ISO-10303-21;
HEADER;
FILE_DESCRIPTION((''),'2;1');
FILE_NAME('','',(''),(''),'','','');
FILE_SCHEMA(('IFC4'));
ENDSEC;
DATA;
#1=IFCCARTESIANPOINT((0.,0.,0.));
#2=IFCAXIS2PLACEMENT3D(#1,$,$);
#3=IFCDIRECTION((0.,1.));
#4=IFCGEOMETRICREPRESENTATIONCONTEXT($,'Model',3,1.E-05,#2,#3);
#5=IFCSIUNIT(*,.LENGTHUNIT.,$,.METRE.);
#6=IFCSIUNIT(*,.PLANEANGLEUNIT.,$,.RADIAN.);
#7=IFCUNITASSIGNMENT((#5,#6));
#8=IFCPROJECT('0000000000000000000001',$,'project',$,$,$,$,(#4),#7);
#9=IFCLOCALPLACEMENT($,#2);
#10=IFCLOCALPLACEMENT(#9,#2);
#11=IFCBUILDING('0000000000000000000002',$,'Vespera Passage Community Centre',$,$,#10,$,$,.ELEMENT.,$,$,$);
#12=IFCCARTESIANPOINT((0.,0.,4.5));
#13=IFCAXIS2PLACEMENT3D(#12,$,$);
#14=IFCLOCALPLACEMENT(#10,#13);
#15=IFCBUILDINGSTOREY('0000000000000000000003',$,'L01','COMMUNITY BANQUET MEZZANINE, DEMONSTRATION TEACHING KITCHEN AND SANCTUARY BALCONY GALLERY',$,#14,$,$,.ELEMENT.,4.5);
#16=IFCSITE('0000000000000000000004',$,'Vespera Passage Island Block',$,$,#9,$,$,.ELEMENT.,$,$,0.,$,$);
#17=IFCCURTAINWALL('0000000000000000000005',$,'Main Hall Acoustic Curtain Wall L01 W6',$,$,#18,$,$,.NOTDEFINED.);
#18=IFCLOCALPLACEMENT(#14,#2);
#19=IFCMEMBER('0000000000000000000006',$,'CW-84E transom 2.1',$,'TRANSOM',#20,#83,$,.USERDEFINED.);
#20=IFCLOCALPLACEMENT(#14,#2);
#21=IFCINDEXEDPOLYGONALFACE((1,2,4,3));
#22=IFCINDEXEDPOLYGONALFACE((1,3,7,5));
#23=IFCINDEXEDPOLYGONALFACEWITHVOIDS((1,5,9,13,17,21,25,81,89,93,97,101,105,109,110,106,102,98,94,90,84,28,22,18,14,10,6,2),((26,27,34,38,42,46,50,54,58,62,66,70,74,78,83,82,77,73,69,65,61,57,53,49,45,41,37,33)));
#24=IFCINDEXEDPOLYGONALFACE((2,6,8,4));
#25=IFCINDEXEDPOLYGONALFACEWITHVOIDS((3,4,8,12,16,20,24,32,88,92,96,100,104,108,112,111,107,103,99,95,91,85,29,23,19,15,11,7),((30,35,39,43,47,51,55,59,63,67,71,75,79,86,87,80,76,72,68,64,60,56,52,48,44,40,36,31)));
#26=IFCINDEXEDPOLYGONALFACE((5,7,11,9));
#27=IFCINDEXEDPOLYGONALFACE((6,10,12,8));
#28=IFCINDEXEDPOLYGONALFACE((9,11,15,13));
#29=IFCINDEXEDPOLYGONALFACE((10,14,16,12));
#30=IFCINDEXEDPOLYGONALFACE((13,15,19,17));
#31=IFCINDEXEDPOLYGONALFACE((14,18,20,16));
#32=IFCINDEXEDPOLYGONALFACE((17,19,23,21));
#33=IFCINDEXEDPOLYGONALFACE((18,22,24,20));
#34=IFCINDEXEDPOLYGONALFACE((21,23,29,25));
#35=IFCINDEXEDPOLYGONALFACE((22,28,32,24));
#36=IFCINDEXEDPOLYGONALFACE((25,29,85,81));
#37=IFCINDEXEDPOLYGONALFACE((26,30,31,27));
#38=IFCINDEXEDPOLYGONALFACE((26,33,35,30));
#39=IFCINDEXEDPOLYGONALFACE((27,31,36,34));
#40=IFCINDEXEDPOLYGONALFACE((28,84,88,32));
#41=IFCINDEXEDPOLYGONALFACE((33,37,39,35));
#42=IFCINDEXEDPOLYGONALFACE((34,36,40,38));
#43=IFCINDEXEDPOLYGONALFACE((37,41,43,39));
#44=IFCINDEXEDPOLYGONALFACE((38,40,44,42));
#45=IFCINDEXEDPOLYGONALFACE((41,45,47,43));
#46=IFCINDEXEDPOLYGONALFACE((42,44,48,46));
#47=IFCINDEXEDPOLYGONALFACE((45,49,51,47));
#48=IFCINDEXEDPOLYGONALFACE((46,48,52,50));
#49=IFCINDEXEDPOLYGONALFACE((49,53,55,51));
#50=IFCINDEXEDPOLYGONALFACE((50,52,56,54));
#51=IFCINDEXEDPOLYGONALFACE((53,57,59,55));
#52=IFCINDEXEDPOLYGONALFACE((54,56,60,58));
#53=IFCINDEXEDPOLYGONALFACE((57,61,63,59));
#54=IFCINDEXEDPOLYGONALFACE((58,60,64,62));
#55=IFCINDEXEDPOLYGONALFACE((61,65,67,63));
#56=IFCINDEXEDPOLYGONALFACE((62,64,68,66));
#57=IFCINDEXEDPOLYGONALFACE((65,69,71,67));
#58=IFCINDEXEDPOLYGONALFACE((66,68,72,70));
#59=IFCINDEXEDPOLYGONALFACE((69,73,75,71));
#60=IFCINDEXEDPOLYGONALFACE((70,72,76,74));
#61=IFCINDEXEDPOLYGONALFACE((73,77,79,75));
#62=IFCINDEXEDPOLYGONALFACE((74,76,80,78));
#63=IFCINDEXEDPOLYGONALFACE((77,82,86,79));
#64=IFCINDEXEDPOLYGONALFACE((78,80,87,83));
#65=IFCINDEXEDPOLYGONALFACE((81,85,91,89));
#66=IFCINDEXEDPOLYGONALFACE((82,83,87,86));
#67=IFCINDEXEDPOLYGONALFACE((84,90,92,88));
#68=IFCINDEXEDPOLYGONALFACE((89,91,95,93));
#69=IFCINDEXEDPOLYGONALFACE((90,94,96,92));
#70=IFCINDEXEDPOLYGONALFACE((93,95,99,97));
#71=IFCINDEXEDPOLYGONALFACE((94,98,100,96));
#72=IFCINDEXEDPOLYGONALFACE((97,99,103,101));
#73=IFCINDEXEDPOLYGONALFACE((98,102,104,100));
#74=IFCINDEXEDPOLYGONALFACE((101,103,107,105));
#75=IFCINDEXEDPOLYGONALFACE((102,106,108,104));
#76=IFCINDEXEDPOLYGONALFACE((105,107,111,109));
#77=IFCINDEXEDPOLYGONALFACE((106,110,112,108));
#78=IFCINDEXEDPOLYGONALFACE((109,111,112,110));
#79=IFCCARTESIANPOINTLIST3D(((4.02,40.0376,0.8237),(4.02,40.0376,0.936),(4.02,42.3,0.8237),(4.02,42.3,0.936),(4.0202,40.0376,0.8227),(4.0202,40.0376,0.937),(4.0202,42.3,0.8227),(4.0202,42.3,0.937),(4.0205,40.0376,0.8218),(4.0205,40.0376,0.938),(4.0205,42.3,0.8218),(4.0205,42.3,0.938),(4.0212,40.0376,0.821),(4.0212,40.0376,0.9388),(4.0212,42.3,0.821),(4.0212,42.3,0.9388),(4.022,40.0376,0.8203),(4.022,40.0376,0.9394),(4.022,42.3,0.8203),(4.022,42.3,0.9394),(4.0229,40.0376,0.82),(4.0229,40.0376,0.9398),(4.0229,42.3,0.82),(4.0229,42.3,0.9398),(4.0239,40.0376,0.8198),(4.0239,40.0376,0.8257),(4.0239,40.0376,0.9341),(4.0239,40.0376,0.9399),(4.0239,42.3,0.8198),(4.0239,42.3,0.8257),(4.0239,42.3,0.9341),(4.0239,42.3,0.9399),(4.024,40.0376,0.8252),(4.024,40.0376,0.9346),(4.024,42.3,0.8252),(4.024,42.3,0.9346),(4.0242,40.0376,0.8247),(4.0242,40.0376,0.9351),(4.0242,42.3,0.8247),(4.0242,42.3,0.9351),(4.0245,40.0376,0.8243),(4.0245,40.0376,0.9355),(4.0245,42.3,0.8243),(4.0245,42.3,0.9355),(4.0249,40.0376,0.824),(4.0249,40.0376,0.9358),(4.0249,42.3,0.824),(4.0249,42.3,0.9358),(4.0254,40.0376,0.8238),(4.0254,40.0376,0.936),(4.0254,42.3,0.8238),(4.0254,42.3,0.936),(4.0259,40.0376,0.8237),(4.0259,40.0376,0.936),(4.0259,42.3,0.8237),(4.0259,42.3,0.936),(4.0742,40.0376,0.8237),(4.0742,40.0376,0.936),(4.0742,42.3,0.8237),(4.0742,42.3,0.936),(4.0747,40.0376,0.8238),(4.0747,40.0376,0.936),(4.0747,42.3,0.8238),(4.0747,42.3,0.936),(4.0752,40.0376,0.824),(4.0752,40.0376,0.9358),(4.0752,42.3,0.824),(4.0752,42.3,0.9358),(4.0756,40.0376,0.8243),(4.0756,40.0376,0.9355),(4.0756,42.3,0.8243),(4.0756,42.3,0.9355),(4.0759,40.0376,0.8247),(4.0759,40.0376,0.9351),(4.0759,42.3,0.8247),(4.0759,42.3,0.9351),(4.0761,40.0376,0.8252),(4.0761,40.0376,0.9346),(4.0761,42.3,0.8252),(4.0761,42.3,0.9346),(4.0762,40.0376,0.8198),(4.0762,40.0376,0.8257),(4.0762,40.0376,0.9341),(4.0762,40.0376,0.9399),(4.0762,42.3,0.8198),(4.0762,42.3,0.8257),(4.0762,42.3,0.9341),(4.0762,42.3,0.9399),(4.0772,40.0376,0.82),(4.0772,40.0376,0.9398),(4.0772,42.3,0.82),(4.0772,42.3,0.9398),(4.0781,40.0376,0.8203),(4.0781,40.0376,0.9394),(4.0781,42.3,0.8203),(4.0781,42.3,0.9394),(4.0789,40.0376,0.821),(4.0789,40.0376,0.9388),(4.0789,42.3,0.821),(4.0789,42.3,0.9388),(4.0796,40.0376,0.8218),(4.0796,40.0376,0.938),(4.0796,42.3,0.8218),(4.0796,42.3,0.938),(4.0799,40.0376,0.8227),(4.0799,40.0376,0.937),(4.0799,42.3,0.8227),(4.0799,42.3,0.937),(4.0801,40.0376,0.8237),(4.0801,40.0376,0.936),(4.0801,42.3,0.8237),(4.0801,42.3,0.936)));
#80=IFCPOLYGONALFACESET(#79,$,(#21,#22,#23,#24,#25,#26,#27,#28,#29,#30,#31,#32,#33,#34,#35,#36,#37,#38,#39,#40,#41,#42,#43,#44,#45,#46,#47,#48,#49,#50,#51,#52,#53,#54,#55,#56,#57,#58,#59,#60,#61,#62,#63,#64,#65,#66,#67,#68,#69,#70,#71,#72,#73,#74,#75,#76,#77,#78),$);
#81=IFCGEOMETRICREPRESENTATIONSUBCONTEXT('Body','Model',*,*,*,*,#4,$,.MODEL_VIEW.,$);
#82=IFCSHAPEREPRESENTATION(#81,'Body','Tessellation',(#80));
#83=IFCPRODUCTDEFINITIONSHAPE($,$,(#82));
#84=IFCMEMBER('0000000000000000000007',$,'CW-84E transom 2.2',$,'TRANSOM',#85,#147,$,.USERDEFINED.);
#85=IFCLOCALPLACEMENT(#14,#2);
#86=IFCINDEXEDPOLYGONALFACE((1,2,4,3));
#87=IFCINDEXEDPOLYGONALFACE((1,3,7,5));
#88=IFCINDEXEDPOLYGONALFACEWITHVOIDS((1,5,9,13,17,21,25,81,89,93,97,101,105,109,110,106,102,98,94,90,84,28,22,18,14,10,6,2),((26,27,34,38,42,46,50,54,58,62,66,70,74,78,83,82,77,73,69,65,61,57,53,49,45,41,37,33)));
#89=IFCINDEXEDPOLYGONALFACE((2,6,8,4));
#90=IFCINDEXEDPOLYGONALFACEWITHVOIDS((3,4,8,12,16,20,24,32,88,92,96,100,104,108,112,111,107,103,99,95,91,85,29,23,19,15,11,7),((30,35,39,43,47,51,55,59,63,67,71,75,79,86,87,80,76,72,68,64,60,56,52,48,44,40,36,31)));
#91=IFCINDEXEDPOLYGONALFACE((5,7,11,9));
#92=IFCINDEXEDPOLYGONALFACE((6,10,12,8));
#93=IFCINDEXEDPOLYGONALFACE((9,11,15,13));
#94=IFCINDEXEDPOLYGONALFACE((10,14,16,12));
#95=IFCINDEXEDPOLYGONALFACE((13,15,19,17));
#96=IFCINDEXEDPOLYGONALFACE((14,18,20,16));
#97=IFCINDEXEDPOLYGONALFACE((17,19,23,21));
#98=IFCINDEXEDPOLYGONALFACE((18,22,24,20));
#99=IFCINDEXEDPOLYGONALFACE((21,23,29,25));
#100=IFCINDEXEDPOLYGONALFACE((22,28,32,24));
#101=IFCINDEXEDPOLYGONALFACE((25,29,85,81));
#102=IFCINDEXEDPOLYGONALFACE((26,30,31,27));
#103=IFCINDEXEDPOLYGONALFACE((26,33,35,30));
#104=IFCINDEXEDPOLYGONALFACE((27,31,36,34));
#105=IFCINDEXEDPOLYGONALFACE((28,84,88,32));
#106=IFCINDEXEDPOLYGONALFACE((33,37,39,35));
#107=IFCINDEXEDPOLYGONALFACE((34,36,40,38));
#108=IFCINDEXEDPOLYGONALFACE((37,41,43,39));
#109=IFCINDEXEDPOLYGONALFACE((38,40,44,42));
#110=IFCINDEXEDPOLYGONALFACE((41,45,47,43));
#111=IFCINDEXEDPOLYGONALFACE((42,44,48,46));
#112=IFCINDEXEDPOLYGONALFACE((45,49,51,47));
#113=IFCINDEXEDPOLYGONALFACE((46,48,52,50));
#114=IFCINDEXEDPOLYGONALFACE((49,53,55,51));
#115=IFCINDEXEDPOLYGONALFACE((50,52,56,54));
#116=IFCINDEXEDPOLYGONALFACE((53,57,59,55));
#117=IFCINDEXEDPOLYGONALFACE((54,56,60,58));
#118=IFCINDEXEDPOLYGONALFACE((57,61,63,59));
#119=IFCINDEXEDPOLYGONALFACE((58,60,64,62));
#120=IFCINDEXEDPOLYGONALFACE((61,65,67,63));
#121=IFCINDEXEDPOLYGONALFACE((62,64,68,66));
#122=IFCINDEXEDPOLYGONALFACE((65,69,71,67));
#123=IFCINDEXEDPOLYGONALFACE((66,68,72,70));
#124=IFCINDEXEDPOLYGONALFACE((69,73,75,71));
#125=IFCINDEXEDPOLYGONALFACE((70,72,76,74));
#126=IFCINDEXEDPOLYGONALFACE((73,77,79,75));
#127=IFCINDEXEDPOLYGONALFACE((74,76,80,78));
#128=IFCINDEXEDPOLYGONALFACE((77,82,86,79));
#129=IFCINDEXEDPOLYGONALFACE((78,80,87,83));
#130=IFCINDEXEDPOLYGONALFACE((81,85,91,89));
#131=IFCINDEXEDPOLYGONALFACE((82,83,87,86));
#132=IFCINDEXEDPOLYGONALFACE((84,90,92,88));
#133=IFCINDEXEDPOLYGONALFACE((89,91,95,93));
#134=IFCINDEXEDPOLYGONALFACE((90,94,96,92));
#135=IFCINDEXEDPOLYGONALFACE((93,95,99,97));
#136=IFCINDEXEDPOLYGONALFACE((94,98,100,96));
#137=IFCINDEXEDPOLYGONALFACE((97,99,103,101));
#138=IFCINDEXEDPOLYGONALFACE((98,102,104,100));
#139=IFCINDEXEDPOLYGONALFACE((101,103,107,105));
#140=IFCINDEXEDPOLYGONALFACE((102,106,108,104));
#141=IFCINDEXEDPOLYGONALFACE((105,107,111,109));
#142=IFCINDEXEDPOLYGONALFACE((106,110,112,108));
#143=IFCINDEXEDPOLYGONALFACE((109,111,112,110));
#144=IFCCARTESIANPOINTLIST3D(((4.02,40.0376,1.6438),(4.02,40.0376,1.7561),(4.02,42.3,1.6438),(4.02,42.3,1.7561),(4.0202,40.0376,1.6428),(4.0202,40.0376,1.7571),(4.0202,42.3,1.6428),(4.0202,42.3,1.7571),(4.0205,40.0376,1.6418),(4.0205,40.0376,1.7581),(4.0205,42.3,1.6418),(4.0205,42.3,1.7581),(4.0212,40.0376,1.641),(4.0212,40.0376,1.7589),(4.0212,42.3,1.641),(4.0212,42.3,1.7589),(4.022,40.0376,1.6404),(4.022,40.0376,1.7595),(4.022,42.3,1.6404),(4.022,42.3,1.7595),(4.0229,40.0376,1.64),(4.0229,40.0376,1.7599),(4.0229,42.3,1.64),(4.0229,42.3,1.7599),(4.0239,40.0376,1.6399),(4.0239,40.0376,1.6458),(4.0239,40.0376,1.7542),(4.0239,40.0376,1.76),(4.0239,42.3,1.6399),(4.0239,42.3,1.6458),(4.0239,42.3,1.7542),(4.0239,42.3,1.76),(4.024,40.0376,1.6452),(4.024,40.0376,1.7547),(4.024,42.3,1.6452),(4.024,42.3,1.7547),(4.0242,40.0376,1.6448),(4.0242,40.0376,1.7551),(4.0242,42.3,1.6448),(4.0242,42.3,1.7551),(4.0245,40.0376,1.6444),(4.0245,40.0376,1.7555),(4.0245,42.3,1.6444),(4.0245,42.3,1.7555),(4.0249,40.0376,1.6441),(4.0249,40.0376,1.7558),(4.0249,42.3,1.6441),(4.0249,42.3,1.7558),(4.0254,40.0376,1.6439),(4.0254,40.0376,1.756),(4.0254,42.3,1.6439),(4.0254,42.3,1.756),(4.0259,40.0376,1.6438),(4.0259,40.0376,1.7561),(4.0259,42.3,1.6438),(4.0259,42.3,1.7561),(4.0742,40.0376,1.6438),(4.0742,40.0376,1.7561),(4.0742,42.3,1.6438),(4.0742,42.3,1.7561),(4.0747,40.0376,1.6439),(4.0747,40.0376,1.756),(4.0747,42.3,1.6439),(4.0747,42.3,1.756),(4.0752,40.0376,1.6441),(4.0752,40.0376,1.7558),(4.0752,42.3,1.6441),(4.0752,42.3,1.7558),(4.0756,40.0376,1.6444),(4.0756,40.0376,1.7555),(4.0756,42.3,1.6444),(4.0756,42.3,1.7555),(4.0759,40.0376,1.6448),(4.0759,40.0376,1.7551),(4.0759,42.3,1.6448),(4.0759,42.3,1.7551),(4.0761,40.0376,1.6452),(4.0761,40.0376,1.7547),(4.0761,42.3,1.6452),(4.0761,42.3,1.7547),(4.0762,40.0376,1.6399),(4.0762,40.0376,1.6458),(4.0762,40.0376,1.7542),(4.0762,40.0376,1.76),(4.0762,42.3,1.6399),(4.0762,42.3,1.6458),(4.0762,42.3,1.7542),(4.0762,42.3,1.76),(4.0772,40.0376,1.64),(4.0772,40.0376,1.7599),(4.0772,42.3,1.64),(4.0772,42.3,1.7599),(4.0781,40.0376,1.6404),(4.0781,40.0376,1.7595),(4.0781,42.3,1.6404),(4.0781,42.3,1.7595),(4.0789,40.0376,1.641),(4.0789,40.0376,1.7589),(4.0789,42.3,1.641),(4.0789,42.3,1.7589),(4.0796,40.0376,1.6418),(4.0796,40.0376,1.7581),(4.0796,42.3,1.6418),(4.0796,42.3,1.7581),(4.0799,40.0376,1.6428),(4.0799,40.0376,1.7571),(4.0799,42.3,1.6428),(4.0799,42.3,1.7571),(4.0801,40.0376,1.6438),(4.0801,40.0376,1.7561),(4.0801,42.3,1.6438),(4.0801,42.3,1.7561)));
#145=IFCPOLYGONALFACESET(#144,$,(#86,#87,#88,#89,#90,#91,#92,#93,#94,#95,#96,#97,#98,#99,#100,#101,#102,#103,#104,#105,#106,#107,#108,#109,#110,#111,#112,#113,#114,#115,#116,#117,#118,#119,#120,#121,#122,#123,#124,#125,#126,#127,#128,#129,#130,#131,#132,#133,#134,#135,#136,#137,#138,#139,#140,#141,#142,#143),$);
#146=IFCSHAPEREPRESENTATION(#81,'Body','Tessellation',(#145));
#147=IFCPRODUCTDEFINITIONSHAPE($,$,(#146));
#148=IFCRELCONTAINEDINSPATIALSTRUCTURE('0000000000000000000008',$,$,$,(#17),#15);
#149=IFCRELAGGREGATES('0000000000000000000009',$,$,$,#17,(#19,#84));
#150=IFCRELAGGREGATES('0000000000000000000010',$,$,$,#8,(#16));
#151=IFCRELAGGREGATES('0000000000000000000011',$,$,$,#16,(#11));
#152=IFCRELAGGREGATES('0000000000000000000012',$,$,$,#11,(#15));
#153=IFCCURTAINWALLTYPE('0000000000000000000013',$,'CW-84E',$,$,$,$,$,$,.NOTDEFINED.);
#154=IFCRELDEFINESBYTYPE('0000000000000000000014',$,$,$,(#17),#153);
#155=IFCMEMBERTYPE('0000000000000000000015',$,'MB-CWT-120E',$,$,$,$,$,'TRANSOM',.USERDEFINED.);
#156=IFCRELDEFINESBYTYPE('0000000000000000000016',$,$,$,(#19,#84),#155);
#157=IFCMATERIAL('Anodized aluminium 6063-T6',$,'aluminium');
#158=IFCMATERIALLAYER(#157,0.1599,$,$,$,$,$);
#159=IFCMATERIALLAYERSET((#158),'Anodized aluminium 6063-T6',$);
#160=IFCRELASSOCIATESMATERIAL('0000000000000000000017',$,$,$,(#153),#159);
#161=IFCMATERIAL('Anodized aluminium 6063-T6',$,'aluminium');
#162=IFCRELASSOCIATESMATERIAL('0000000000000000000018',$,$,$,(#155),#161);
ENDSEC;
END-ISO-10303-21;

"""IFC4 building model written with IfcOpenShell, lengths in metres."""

from ifc_helpers import new_model, si_unit, direction, frame, origin, origin_2d, place, context, subcontext, project, spatial, hollow_rectangle, extrude, material, layer, layer_set, material_profile, profile_set, type_object, element, aggregate, save


model = new_model("IFC4")

# Units and contexts
model_context = context("Model", 3, precision=1e-05, world=origin(), true_north=direction((0.0, 1.0)))
body_context = subcontext(model_context, "Body", "Model", "MODEL_VIEW")
ifc_project = project(units=[si_unit("LENGTHUNIT", "METRE"), si_unit("PLANEANGLEUNIT", "RADIAN")], contexts=[model_context])

# Site, building, storey
site_placement = place(None, origin())
site = spatial("IfcSite", under=ifc_project, at=site_placement, Name="Vespera Passage Island Block", CompositionType="ELEMENT", RefElevation=0.0)
building_placement = place(site_placement, origin())
building = spatial("IfcBuilding", under=site, at=building_placement, Name="Vespera Passage Community Centre", CompositionType="ELEMENT")
storey_placement = place(building_placement, frame((0.0, 0.0, 4.5)))
storey = spatial("IfcBuildingStorey", under=building, at=storey_placement, Name="L01", Description="COMMUNITY BANQUET MEZZANINE, DEMONSTRATION TEACHING KITCHEN AND SANCTUARY BALCONY GALLERY", CompositionType="ELEMENT", Elevation=4.5)

# Shared definitions
ifc_material_1 = material(Name="Anodized aluminium 6063-T6", Category="aluminium")
ifc_layer_1 = layer(ifc_material_1, 0.1599)
ifc_layer_set_1 = layer_set([ifc_layer_1], Name="Anodized aluminium 6063-T6")
curtain_wall_type = type_object("IfcCurtainWallType", Name="CW-84E", PredefinedType="NOTDEFINED", material=ifc_layer_set_1)

# Curtain wall, members
curtain_wall_1_placement = place(storey_placement, origin())
curtain_wall_1 = element("IfcCurtainWall", 1, at=curtain_wall_1_placement, inside=storey, type_object=curtain_wall_type, Name="Main Hall Acoustic Curtain Wall L01 W6", PredefinedType="NOTDEFINED")
ifc_material_2 = material(Name="Anodized aluminium 6063-T6", Category="aluminium")
ifc_material_profile_1 = material_profile(ifc_material_2, hollow_rectangle(XDim=0.0601, YDim=0.1201, WallThickness=0.0039, InnerFilletRadius=0.002, OuterFilletRadius=0.0039, at=origin_2d()), Name="ALU120X60X4")
ifc_profile_set_1 = profile_set([ifc_material_profile_1], Name="Anodized aluminium 6063-T6")
member_type_1 = type_object("IfcMemberType", Name="MB-CWT-120E", ElementType="TRANSOM", PredefinedType="USERDEFINED", material=ifc_profile_set_1)
member_1_placement = place(storey_placement, frame((4.05, 40.0376, 0.8799), z_axis=(0.0, 1.0, 0.0), x_axis=(-1.0, 0.0, 0.0)))
member_1 = element("IfcMember", 2, at=member_1_placement, type_object=member_type_1, Name="CW-84E transom 2.1", ObjectType="TRANSOM", PredefinedType="USERDEFINED", context=body_context, shape_type="SweptSolid", body=[
    extrude(hollow_rectangle(XDim=0.0601, YDim=0.1201, WallThickness=0.0039, InnerFilletRadius=0.002, OuterFilletRadius=0.0039, at=origin_2d()), origin(), (0.0, 0.0, 1.0), 2.2625),
])
member_2_placement = place(storey_placement, frame((4.05, 40.0376, 1.7), z_axis=(0.0, 1.0, 0.0), x_axis=(-1.0, 0.0, 0.0)))
member_2 = element("IfcMember", 3, at=member_2_placement, type_object=member_type_1, Name="CW-84E transom 2.2", ObjectType="TRANSOM", PredefinedType="USERDEFINED", context=body_context, shape_type="SweptSolid", body=[
    extrude(hollow_rectangle(XDim=0.0601, YDim=0.1201, WallThickness=0.0039, InnerFilletRadius=0.002, OuterFilletRadius=0.0039, at=origin_2d()), origin(), (0.0, 0.0, 1.0), 2.2625),
])

aggregate(curtain_wall_1, [member_1, member_2])

save(model, "model.ifc")
